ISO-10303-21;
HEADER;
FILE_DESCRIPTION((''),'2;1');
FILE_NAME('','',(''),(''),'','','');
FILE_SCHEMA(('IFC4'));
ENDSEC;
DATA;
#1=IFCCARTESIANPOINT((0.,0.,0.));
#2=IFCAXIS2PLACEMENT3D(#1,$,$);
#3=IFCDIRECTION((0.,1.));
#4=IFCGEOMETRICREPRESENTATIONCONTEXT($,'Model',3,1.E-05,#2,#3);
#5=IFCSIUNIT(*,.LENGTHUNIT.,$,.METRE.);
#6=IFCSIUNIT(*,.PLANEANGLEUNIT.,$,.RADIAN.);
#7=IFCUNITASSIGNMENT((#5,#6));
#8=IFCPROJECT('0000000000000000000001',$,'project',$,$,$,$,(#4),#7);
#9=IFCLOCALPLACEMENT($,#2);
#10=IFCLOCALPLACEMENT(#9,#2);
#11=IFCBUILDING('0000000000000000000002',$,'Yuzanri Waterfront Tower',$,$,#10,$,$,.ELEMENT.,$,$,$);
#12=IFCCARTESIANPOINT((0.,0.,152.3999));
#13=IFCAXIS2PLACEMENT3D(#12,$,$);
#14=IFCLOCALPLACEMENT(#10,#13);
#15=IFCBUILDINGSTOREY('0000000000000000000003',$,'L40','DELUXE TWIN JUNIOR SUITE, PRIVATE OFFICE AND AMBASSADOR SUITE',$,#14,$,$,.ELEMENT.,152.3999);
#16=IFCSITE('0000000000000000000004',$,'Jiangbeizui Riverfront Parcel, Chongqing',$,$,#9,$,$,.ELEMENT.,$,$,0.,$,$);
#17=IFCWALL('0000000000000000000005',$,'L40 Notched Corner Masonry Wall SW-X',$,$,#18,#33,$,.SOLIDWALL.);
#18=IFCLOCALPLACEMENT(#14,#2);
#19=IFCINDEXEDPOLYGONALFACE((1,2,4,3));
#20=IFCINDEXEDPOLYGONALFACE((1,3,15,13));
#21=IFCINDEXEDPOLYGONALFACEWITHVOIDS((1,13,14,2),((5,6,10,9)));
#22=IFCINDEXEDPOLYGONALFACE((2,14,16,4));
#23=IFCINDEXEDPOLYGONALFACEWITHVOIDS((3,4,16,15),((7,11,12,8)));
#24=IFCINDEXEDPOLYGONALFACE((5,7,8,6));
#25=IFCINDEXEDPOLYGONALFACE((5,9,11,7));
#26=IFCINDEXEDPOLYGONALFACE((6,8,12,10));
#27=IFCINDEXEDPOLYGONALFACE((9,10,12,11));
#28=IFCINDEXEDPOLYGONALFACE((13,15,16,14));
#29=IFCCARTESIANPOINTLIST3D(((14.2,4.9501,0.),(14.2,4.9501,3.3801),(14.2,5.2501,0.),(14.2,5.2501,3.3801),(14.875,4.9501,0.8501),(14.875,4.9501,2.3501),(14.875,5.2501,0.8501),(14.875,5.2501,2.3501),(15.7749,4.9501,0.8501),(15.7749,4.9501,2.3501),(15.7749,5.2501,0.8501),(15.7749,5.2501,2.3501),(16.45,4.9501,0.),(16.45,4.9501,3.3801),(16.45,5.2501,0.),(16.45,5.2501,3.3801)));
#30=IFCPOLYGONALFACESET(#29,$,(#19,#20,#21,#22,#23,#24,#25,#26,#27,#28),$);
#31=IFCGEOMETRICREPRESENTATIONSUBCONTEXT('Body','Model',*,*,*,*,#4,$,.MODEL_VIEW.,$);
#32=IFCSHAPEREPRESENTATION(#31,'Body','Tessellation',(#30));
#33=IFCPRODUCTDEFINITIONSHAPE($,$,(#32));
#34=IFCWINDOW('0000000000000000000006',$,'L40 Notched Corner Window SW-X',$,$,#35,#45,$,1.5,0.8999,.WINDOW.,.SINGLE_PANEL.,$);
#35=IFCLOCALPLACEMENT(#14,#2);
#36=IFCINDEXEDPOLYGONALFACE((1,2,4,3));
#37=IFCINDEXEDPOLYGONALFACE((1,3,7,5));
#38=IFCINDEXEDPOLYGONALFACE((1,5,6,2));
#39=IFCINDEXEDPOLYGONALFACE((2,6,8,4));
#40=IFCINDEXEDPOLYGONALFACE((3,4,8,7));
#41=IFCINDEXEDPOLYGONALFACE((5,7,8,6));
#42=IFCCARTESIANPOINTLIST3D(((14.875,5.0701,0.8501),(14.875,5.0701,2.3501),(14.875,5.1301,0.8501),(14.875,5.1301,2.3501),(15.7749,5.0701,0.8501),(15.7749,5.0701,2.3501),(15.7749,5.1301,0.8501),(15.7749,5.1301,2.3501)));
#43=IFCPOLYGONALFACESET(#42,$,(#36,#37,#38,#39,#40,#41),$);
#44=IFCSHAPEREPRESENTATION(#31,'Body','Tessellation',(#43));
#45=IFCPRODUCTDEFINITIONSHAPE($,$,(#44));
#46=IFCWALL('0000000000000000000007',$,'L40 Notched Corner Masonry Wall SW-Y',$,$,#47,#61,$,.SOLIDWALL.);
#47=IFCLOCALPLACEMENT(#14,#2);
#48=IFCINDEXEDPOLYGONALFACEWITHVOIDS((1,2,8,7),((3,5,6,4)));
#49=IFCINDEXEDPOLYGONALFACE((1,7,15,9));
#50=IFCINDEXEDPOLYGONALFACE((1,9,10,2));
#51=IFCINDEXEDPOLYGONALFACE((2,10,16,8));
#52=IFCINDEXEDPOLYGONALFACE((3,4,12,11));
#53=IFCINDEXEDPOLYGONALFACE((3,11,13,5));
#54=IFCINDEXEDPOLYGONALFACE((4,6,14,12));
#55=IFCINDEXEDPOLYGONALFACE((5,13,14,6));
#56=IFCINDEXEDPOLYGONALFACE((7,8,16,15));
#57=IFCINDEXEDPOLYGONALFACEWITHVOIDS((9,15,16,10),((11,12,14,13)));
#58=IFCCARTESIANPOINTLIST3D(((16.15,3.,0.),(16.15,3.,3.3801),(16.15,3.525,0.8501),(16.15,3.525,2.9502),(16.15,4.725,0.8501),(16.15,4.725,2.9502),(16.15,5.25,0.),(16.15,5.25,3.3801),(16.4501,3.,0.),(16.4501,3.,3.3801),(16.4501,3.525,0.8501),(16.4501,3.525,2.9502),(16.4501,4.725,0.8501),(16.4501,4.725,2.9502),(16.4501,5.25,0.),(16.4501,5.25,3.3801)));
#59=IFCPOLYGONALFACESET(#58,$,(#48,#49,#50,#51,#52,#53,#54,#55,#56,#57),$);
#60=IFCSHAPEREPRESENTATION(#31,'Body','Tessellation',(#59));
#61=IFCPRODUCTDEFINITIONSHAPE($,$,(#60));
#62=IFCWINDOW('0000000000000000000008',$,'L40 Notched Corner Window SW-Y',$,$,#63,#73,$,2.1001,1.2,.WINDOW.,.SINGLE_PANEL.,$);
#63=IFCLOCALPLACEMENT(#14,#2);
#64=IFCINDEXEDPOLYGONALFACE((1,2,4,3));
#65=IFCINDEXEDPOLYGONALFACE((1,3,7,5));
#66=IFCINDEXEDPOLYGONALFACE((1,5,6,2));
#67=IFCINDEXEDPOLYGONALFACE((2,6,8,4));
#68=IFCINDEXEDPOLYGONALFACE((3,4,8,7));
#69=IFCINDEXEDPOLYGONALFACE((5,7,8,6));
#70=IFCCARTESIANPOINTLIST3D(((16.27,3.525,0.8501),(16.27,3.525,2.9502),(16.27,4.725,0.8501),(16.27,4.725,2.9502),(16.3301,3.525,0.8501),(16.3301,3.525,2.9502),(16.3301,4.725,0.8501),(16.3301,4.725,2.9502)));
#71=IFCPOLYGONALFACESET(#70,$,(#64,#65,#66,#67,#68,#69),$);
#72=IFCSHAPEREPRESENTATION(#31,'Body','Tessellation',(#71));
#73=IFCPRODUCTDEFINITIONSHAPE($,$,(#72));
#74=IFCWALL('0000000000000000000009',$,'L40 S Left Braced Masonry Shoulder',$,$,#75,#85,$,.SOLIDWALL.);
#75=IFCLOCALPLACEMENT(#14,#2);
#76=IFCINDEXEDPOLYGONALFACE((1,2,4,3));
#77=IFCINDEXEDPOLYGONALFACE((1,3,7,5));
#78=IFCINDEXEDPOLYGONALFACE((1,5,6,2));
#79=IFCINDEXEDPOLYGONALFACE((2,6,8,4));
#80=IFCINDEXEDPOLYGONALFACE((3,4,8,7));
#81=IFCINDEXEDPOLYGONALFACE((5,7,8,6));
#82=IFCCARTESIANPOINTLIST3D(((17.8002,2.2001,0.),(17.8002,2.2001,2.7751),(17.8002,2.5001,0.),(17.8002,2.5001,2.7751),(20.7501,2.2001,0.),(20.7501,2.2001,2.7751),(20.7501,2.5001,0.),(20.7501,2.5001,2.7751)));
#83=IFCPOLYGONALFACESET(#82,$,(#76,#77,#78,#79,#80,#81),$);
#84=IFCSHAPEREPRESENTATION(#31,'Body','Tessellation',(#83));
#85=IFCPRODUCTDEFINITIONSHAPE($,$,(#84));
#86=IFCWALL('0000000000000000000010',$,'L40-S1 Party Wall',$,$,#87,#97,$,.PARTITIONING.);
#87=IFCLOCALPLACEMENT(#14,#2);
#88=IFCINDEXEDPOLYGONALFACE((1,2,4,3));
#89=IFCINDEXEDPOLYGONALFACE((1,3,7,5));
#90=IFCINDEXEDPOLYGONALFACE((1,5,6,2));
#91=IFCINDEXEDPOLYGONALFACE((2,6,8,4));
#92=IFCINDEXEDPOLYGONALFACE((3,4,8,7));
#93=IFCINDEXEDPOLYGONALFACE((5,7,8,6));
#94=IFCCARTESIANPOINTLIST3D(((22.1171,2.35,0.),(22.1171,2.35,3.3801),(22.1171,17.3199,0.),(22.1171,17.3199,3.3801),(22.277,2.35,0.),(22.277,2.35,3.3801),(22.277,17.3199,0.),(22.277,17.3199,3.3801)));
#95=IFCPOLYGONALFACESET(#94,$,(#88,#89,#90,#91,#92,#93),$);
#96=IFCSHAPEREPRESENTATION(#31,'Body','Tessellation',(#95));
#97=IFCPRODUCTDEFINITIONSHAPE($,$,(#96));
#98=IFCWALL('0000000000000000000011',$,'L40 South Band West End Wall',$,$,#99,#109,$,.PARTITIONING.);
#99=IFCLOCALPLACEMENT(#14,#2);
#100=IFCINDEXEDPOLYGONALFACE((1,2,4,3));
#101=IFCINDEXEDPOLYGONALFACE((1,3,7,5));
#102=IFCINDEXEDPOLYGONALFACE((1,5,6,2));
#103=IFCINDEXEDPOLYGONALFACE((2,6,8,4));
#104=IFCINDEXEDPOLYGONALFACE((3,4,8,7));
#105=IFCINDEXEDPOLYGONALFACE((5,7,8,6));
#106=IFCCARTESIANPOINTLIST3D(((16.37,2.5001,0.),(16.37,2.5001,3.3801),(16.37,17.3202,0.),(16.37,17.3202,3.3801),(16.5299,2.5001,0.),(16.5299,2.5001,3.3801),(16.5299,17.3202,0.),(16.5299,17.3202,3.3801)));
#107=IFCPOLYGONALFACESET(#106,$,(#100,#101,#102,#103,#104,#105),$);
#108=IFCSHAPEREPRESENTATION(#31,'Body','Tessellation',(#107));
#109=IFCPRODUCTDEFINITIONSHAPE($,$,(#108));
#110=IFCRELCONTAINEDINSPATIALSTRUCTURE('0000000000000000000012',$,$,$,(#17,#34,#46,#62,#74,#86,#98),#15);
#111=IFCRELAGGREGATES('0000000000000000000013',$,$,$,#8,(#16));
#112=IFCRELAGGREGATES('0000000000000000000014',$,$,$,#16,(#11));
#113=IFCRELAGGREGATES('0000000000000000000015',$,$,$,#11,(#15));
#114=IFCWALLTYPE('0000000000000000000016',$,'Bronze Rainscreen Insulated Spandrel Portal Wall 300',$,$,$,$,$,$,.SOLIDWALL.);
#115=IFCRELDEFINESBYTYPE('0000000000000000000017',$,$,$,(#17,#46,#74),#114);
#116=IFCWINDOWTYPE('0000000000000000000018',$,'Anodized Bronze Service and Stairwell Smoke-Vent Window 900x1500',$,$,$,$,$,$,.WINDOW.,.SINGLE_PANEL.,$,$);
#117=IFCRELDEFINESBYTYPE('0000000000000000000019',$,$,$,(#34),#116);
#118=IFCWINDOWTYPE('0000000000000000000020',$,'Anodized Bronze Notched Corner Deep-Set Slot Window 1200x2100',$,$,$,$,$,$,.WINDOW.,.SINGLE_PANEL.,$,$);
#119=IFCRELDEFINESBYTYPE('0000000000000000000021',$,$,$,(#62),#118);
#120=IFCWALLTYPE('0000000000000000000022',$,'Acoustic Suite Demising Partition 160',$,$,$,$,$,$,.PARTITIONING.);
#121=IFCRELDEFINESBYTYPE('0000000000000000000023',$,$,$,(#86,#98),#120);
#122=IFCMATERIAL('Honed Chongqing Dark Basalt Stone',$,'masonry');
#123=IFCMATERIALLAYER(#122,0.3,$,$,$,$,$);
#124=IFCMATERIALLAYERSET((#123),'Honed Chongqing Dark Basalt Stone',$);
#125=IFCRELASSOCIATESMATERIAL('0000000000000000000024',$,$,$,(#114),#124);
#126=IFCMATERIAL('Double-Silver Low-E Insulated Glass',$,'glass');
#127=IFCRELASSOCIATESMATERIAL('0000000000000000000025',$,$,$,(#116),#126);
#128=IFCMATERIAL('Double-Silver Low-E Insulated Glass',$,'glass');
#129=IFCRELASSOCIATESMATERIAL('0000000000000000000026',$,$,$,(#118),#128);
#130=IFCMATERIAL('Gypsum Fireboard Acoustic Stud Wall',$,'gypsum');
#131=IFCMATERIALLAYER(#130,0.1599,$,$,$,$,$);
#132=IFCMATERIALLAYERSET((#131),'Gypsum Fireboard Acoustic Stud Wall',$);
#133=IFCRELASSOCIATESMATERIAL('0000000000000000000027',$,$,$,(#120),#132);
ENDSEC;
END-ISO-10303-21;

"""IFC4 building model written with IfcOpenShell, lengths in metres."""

from ifc_helpers import new_model, si_unit, direction, frame, frame_2d, origin, place, context, subcontext, project, spatial, rectangle, extrude, source, transform, mapped, material, layer, layer_set, type_object, element, fill, save


model = new_model("IFC4")

# Units and contexts
model_context = context("Model", 3, precision=1e-05, world=origin(), true_north=direction((0.0, 1.0)))
body_context = subcontext(model_context, "Body", "Model", "MODEL_VIEW")
ifc_project = project(units=[si_unit("LENGTHUNIT", "METRE"), si_unit("PLANEANGLEUNIT", "RADIAN")], contexts=[model_context])

# Site, building, storey
site_placement = place(None, origin())
site = spatial("IfcSite", under=ifc_project, at=site_placement, Name="Jiangbeizui Riverfront Parcel, Chongqing", CompositionType="ELEMENT", RefElevation=0.0)
building_placement = place(site_placement, origin())
building = spatial("IfcBuilding", under=site, at=building_placement, Name="Yuzanri Waterfront Tower", CompositionType="ELEMENT")
storey_placement = place(building_placement, frame((0.0, 0.0, 152.3999)))
storey = spatial("IfcBuildingStorey", under=building, at=storey_placement, Name="L40", Description="DELUXE TWIN JUNIOR SUITE, PRIVATE OFFICE AND AMBASSADOR SUITE", CompositionType="ELEMENT", Elevation=152.3999)

# Walls, openings, windows
ifc_material_1 = material(Name="Honed Chongqing Dark Basalt Stone", Category="masonry")
ifc_layer_1 = layer(ifc_material_1, 0.3)
ifc_layer_set_1 = layer_set([ifc_layer_1], Name="Honed Chongqing Dark Basalt Stone")
wall_type_1 = type_object("IfcWallType", Name="Bronze Rainscreen Insulated Spandrel Portal Wall 300", PredefinedType="SOLIDWALL", material=ifc_layer_set_1)
wall_1_placement = place(storey_placement, frame((14.2, 5.1001, 0.0), z_axis=(0.0, 0.0, 1.0), x_axis=(1.0, 0.0, 0.0)))
wall_1 = element("IfcWall", 1, at=wall_1_placement, inside=storey, type_object=wall_type_1, Name="L40 Notched Corner Masonry Wall SW-X", PredefinedType="SOLIDWALL", context=body_context, shape_type="SweptSolid", body=[
    extrude(rectangle(XDim=2.25, YDim=0.3, at=frame_2d((1.125, 0.0))), origin(), (0.0, 0.0, 1.0), 3.3801),
])
opening_1_placement = place(wall_1_placement, frame((0.675, 0.0, 0.8501)))
opening_1 = element("IfcOpeningElement", 2, at=opening_1_placement, cuts=wall_1, PredefinedType="OPENING", context=body_context, shape_type="SweptSolid", body=[
    extrude(rectangle(XDim=0.8999, YDim=1.5, at=frame_2d((0.45, 0.75))), frame((0.0, 0.165, 0.0), z_axis=(0.0, -1.0, 0.0), x_axis=(1.0, 0.0, 0.0)), (0.0, 0.0, 1.0), 0.3298),
])
ifc_material_2 = material(Name="Double-Silver Low-E Insulated Glass", Category="glass")
window_type_1 = type_object("IfcWindowType", Name="Anodized Bronze Service and Stairwell Smoke-Vent Window 900x1500", PartitioningType="SINGLE_PANEL", PredefinedType="WINDOW", material=ifc_material_2)
shared_shape_1 = source(origin(), body_context, "Body", "SweptSolid", [
    extrude(rectangle(XDim=0.8999, YDim=1.5, at=frame_2d((0.45, 0.75))), frame((0.0, 0.03, 0.0), z_axis=(0.0, -1.0, 0.0), x_axis=(1.0, 0.0, 0.0)), (0.0, 0.0, 1.0), 0.0601),
])
window_1_placement = place(opening_1_placement, origin())
window_1 = element("IfcWindow", 3, at=window_1_placement, inside=storey, type_object=window_type_1, Name="L40 Notched Corner Window SW-X", OverallHeight=1.5, OverallWidth=0.8999, PartitioningType="SINGLE_PANEL", PredefinedType="WINDOW", context=body_context, shape_type="MappedRepresentation", body=[
    mapped(shared_shape_1, transform((0.0, 0.0, 0.0), scale=1.0)),
])
fill(opening_1, window_1)
wall_2_placement = place(storey_placement, frame((16.3, 5.25, 0.0), z_axis=(0.0, 0.0, 1.0), x_axis=(0.0, -1.0, 0.0)))
wall_2 = element("IfcWall", 4, at=wall_2_placement, inside=storey, type_object=wall_type_1, Name="L40 Notched Corner Masonry Wall SW-Y", PredefinedType="SOLIDWALL", context=body_context, shape_type="SweptSolid", body=[
    extrude(rectangle(XDim=2.25, YDim=0.3, at=frame_2d((1.125, 0.0))), origin(), (0.0, 0.0, 1.0), 3.3801),
])
opening_2_placement = place(wall_2_placement, frame((0.5249, 0.0, 0.8501)))
opening_2 = element("IfcOpeningElement", 5, at=opening_2_placement, cuts=wall_2, PredefinedType="OPENING", context=body_context, shape_type="SweptSolid", body=[
    extrude(rectangle(XDim=1.2, YDim=2.1001, at=frame_2d((0.6001, 1.05))), frame((0.0, 0.165, 0.0), z_axis=(0.0, -1.0, 0.0), x_axis=(1.0, 0.0, 0.0)), (0.0, 0.0, 1.0), 0.3298),
])
ifc_material_3 = material(Name="Double-Silver Low-E Insulated Glass", Category="glass")
window_type_2 = type_object("IfcWindowType", Name="Anodized Bronze Notched Corner Deep-Set Slot Window 1200x2100", PartitioningType="SINGLE_PANEL", PredefinedType="WINDOW", material=ifc_material_3)
shared_shape_2 = source(origin(), body_context, "Body", "SweptSolid", [
    extrude(rectangle(XDim=1.2, YDim=2.1001, at=frame_2d((0.6001, 1.05))), frame((0.0, 0.03, 0.0), z_axis=(0.0, -1.0, 0.0), x_axis=(1.0, 0.0, 0.0)), (0.0, 0.0, 1.0), 0.0601),
])
window_2_placement = place(opening_2_placement, origin())
window_2 = element("IfcWindow", 6, at=window_2_placement, inside=storey, type_object=window_type_2, Name="L40 Notched Corner Window SW-Y", OverallHeight=2.1001, OverallWidth=1.2, PartitioningType="SINGLE_PANEL", PredefinedType="WINDOW", context=body_context, shape_type="MappedRepresentation", body=[
    mapped(shared_shape_2, transform((0.0, 0.0, 0.0), scale=1.0)),
])
fill(opening_2, window_2)

# Walls
shared_shape_3 = source(origin(), body_context, "Body", "SweptSolid", [
    extrude(rectangle(XDim=2.95, YDim=0.3, at=frame_2d((1.4751, 0.0))), origin(), (0.0, 0.0, 1.0), 2.7751),
])
wall_3_placement = place(storey_placement, frame((17.8, 2.3501, 0.0), z_axis=(0.0, 0.0, 1.0), x_axis=(1.0, 0.0, 0.0)))
element("IfcWall", 7, at=wall_3_placement, inside=storey, type_object=wall_type_1, Name="L40 S Left Braced Masonry Shoulder", PredefinedType="SOLIDWALL", context=body_context, shape_type="MappedRepresentation", body=[
    mapped(shared_shape_3, transform((0.0, 0.0, 0.0), scale=1.0)),
])
ifc_material_4 = material(Name="Gypsum Fireboard Acoustic Stud Wall", Category="gypsum")
ifc_layer_2 = layer(ifc_material_4, 0.1599)
ifc_layer_set_2 = layer_set([ifc_layer_2], Name="Gypsum Fireboard Acoustic Stud Wall")
wall_type_2 = type_object("IfcWallType", Name="Acoustic Suite Demising Partition 160", PredefinedType="PARTITIONING", material=ifc_layer_set_2)
shared_shape_4 = source(origin(), body_context, "Body", "SweptSolid", [
    extrude(rectangle(XDim=14.97, YDim=0.1599, at=frame_2d((7.4849, 0.0))), origin(), (0.0, 0.0, 1.0), 3.3801),
])
wall_4_placement = place(storey_placement, frame((22.197, 2.3501, 0.0), z_axis=(0.0, 0.0, 1.0), x_axis=(0.0, 1.0, 0.0)))
element("IfcWall", 8, at=wall_4_placement, inside=storey, type_object=wall_type_2, Name="L40-S1 Party Wall", PredefinedType="PARTITIONING", context=body_context, shape_type="MappedRepresentation", body=[
    mapped(shared_shape_4, transform((0.0, 0.0, 0.0), scale=1.0)),
])
shared_shape_5 = source(origin(), body_context, "Body", "SweptSolid", [
    extrude(rectangle(XDim=14.8201, YDim=0.1599, at=frame_2d((7.4102, 0.0))), origin(), (0.0, 0.0, 1.0), 3.3801),
])
wall_5_placement = place(storey_placement, frame((16.45, 2.5, 0.0), z_axis=(0.0, 0.0, 1.0), x_axis=(0.0, 1.0, 0.0)))
element("IfcWall", 9, at=wall_5_placement, inside=storey, type_object=wall_type_2, Name="L40 South Band West End Wall", PredefinedType="PARTITIONING", context=body_context, shape_type="MappedRepresentation", body=[
    mapped(shared_shape_5, transform((0.0, 0.0, 0.0), scale=1.0)),
])

save(model, "model.ifc")
